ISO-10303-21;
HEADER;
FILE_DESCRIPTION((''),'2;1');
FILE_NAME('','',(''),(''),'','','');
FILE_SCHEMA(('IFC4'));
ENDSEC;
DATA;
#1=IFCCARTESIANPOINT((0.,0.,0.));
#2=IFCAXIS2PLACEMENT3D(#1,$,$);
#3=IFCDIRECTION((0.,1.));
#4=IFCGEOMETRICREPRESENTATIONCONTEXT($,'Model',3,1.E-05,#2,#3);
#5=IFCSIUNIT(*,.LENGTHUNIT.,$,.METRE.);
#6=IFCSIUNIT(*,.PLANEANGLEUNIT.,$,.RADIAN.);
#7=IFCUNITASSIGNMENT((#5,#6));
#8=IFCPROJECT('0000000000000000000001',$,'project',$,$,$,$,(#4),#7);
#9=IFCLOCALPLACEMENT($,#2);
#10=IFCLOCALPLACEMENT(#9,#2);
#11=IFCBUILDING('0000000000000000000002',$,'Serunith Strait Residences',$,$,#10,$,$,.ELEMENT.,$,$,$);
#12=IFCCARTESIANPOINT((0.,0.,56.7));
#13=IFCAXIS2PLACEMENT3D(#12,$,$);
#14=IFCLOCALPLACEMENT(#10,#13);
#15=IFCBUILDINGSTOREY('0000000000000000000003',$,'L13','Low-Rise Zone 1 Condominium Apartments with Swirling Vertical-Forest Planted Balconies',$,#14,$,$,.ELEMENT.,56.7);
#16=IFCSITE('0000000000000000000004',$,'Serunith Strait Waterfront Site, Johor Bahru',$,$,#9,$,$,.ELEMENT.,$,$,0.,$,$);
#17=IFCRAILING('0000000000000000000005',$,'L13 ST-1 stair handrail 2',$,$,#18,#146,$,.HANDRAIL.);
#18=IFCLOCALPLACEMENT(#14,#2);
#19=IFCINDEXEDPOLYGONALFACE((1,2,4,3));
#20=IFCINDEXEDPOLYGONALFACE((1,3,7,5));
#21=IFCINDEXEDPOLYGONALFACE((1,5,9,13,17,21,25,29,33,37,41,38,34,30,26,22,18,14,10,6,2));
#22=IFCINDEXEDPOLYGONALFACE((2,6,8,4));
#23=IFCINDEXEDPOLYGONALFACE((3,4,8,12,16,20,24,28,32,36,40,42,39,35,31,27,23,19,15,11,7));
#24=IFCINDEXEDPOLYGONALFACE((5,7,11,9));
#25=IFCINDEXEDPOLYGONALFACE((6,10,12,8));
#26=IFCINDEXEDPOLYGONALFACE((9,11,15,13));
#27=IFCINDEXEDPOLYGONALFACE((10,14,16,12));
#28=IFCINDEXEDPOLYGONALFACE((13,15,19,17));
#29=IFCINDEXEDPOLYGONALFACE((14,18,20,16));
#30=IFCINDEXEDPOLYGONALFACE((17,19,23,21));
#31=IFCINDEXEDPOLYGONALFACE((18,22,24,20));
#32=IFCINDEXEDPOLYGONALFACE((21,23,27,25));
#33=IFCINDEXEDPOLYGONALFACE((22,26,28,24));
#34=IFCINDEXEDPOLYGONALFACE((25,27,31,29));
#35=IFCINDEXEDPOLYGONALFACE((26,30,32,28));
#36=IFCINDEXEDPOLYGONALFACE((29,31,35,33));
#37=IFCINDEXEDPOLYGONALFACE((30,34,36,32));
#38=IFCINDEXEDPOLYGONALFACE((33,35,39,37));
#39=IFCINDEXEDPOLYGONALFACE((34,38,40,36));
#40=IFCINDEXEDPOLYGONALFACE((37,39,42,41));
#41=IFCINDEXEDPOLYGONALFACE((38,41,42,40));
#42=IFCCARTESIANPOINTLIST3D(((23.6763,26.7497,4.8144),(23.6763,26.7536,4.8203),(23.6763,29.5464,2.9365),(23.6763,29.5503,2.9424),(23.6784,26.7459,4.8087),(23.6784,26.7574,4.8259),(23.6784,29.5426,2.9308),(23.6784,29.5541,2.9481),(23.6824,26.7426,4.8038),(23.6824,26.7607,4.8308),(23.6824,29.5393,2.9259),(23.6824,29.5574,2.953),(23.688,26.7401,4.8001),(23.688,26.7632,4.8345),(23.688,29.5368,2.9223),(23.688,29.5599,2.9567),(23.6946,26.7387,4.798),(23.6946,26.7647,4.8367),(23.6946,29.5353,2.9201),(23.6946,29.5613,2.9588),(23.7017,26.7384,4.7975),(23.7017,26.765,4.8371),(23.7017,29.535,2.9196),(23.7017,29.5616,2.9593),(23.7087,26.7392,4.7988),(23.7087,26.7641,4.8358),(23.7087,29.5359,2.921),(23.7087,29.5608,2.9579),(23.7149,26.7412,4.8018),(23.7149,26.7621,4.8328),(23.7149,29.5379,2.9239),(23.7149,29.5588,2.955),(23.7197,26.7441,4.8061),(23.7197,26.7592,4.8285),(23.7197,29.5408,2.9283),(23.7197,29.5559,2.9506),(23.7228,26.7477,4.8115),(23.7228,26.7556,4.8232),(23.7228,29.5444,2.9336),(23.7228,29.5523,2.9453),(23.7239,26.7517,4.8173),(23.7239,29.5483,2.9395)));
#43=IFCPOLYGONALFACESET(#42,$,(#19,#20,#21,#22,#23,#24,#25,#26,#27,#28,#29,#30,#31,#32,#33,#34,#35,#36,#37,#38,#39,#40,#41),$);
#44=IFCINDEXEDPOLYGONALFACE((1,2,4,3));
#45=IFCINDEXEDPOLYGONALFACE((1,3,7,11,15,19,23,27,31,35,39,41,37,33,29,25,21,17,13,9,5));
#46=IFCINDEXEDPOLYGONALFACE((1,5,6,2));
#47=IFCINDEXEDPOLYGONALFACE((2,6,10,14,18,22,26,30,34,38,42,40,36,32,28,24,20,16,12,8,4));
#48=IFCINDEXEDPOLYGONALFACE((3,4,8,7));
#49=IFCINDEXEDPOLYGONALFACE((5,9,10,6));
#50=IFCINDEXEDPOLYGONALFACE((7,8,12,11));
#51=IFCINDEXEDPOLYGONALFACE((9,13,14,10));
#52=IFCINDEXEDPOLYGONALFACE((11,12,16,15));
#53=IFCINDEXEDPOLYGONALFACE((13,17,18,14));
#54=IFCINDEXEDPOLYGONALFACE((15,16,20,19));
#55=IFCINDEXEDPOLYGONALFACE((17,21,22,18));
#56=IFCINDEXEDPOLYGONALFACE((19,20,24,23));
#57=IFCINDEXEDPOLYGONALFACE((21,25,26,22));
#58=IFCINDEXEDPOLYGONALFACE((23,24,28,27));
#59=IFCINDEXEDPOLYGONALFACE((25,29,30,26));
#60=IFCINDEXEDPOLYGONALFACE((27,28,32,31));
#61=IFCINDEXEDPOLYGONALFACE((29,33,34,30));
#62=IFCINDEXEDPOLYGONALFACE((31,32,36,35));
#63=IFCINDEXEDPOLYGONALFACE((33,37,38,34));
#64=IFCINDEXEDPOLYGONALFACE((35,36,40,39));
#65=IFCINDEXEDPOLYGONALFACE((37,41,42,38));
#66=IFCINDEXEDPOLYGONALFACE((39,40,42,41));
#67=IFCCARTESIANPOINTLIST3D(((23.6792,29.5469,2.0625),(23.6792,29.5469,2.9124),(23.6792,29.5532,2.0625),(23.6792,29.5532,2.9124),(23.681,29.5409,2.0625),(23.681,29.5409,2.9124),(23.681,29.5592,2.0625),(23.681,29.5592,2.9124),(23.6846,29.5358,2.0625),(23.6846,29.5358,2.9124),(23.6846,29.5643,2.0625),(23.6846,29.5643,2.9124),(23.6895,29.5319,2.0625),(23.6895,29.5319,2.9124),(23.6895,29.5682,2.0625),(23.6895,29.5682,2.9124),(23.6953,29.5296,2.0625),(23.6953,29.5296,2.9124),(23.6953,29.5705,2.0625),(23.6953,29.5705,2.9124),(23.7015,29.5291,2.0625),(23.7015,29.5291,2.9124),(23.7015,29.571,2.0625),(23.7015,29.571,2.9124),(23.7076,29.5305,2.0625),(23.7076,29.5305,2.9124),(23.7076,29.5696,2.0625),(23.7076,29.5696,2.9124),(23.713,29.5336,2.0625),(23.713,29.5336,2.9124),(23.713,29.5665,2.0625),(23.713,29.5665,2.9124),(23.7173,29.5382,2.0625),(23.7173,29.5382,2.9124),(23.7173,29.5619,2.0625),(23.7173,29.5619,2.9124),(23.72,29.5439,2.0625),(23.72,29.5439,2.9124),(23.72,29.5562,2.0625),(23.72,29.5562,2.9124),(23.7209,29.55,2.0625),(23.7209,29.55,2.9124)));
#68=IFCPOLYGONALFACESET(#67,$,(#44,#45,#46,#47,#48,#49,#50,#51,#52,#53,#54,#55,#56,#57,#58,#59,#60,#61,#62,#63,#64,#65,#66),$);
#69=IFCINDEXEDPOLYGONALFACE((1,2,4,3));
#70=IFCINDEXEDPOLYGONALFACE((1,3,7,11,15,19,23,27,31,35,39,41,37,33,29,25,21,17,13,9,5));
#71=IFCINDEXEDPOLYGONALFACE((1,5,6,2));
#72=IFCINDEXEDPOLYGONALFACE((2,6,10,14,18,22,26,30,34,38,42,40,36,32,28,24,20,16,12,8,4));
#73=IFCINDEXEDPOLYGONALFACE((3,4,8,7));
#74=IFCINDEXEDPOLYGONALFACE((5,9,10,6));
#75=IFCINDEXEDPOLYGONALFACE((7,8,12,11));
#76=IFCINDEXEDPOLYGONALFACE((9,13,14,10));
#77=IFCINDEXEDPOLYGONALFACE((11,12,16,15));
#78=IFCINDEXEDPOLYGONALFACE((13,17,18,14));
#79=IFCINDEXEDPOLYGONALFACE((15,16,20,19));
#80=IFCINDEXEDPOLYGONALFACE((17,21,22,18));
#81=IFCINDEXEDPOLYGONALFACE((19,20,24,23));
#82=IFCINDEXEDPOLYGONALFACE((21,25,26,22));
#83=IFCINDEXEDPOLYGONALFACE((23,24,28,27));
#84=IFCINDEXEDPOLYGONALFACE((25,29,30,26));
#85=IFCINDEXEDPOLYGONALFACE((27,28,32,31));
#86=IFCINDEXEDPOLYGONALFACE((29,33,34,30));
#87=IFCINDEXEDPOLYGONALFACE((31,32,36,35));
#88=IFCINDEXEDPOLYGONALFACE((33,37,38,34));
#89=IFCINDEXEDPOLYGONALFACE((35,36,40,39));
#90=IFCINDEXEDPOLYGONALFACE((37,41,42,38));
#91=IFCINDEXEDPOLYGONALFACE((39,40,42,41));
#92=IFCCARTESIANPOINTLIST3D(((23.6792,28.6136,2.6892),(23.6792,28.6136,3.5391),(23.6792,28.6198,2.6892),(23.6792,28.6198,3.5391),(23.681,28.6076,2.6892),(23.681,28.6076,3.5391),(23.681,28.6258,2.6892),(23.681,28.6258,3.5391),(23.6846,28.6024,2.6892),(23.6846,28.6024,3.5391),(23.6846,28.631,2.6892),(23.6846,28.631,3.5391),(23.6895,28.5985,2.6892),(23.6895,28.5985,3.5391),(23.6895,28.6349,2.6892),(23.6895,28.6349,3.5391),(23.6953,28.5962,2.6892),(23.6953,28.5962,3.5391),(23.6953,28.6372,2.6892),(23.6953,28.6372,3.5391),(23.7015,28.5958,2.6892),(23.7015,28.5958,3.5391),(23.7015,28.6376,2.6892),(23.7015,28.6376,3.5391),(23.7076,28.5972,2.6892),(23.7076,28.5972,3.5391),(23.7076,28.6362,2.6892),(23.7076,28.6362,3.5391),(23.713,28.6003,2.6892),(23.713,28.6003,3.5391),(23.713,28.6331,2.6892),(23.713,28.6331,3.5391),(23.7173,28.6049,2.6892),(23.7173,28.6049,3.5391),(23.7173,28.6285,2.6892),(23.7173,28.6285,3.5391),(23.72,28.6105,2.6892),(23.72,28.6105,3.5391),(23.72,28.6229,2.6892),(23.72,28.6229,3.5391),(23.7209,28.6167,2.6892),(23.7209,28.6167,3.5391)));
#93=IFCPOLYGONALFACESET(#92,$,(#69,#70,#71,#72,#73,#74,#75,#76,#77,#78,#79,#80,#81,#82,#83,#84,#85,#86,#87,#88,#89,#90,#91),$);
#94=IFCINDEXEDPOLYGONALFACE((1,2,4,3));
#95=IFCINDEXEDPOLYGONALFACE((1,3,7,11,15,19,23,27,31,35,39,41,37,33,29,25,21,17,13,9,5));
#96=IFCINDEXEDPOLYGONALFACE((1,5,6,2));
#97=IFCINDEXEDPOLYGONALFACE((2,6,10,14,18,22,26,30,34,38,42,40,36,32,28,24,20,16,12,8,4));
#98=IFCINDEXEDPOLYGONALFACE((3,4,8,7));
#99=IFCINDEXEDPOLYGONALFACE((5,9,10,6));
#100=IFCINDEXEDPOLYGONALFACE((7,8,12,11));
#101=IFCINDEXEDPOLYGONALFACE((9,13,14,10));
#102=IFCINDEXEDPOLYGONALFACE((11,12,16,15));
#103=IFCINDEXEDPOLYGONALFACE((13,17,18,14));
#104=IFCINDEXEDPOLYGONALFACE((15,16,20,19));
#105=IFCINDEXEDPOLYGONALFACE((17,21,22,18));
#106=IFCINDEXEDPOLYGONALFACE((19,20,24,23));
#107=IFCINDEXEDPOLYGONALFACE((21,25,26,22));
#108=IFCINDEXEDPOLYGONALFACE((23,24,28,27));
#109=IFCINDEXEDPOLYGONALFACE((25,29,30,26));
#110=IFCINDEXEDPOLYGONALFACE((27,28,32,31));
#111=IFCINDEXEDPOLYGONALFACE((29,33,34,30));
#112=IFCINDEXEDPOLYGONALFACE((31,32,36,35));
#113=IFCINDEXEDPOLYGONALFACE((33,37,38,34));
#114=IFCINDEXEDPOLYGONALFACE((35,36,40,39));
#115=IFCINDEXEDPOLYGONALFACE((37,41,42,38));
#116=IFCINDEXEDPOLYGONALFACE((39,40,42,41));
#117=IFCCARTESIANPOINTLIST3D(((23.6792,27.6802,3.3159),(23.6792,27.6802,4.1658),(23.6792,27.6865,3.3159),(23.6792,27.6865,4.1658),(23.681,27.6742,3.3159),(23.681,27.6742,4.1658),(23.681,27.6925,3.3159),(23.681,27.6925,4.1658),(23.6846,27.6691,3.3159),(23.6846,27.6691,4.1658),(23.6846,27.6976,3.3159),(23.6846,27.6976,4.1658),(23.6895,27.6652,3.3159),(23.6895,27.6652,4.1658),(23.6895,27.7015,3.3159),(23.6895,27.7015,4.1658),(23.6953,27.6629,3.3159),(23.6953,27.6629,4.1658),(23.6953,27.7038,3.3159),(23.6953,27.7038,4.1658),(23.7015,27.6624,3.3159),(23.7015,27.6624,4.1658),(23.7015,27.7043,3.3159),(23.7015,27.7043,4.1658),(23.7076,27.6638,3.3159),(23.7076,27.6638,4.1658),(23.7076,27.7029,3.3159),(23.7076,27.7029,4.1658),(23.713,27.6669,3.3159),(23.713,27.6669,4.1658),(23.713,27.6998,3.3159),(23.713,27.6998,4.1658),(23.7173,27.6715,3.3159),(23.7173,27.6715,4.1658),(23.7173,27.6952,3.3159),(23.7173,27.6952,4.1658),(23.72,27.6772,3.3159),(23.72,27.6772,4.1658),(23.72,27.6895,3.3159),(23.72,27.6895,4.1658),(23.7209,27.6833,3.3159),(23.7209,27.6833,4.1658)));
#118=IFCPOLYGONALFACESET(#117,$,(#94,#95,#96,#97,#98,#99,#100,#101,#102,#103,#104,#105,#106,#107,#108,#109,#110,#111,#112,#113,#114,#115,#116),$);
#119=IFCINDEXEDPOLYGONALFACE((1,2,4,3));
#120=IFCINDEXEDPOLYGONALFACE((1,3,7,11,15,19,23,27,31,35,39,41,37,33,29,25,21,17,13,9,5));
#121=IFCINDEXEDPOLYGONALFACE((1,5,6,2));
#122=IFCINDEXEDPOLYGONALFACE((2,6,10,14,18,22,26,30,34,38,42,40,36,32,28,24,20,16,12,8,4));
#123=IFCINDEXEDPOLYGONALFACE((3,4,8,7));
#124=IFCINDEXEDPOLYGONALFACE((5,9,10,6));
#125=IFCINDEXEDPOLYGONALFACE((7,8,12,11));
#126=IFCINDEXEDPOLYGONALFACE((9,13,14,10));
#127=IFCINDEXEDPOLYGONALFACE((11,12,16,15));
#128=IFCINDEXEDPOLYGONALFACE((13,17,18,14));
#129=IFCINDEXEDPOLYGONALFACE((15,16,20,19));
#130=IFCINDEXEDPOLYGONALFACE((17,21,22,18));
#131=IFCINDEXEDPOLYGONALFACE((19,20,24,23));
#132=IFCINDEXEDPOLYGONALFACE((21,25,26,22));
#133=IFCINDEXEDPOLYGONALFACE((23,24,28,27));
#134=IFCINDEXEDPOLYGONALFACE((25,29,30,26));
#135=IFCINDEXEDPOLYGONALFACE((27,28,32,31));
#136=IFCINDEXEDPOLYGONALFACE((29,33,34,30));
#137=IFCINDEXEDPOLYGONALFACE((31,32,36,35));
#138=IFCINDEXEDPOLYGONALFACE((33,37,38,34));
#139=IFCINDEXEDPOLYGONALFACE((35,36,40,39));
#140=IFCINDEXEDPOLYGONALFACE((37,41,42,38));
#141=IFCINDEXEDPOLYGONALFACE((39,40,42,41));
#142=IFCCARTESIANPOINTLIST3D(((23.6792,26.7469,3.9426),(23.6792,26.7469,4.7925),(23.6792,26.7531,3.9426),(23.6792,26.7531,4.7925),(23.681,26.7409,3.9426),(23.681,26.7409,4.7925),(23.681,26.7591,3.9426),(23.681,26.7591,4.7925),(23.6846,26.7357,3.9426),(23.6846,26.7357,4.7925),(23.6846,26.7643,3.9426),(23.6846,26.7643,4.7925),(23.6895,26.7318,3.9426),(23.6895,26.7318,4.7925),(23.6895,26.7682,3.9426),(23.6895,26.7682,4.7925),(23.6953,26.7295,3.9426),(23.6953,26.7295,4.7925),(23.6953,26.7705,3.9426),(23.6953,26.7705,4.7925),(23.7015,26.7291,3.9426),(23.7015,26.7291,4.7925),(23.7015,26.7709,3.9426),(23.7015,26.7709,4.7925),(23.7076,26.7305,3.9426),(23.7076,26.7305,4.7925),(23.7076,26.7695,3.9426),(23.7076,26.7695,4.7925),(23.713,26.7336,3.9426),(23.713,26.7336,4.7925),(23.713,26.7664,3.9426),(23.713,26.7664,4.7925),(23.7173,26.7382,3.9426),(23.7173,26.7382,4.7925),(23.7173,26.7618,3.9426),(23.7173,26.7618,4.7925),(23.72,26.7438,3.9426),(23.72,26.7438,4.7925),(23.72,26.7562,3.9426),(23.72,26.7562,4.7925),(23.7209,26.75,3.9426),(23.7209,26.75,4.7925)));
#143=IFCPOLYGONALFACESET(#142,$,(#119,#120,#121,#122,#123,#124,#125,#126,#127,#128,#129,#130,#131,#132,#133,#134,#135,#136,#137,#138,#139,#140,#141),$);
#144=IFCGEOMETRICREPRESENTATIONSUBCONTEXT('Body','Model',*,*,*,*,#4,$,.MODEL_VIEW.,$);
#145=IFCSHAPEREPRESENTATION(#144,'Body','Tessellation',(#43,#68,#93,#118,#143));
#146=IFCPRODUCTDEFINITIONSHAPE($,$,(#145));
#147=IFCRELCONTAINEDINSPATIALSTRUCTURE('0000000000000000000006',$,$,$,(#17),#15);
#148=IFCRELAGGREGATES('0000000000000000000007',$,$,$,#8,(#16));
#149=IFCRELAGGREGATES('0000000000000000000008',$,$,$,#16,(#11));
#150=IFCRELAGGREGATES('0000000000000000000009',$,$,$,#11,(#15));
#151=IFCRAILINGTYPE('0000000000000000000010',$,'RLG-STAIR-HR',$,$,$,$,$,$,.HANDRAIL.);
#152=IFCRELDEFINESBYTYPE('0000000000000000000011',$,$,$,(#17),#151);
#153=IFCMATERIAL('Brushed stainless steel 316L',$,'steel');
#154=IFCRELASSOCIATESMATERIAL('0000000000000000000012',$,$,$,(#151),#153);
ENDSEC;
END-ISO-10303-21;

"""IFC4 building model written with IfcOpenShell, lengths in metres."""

from ifc_helpers import new_model, si_unit, direction, frame, origin, origin_2d, place, context, subcontext, project, spatial, circle, extrude, material, type_object, element, save


model = new_model("IFC4")

# Units and contexts
model_context = context("Model", 3, precision=1e-05, world=origin(), true_north=direction((0.0, 1.0)))
body_context = subcontext(model_context, "Body", "Model", "MODEL_VIEW")
ifc_project = project(units=[si_unit("LENGTHUNIT", "METRE"), si_unit("PLANEANGLEUNIT", "RADIAN")], contexts=[model_context])

# Site, building, storey
site_placement = place(None, origin())
site = spatial("IfcSite", under=ifc_project, at=site_placement, Name="Serunith Strait Waterfront Site, Johor Bahru", CompositionType="ELEMENT", RefElevation=0.0)
building_placement = place(site_placement, origin())
building = spatial("IfcBuilding", under=site, at=building_placement, Name="Serunith Strait Residences", CompositionType="ELEMENT")
storey_placement = place(building_placement, frame((0.0, 0.0, 56.7)))
storey = spatial("IfcBuildingStorey", under=building, at=storey_placement, Name="L13", Description="Low-Rise Zone 1 Condominium Apartments with Swirling Vertical-Forest Planted Balconies", CompositionType="ELEMENT", Elevation=56.7)

# Railing
ifc_material_1 = material(Name="Brushed stainless steel 316L", Category="steel")
railing_type_1 = type_object("IfcRailingType", Name="RLG-STAIR-HR", PredefinedType="HANDRAIL", material=ifc_material_1)
railing_1_placement = place(storey_placement, frame((23.7, 29.55, 2.0625)))
element("IfcRailing", 1, at=railing_1_placement, inside=storey, type_object=railing_type_1, Name="L13 ST-1 stair handrail 2", PredefinedType="HANDRAIL", context=body_context, shape_type="SweptSolid", body=[
    extrude(circle(Radius=0.0239, at=origin_2d()), frame((0.0, -0.0017, 0.877), z_axis=(0.0, -0.830208, 0.557453), x_axis=(1.0, 0.0, 0.0)), (0.0, 0.0, 1.0), 3.3687),
    extrude(circle(Radius=0.021, at=origin_2d()), origin(), (0.0, 0.0, 1.0), 0.8499),
    extrude(circle(Radius=0.021, at=origin_2d()), frame((0.0, -0.9333, 0.6267)), (0.0, 0.0, 1.0), 0.8499),
    extrude(circle(Radius=0.021, at=origin_2d()), frame((0.0, -1.8667, 1.2534)), (0.0, 0.0, 1.0), 0.8499),
    extrude(circle(Radius=0.021, at=origin_2d()), frame((0.0, -2.8, 1.8801)), (0.0, 0.0, 1.0), 0.8499),
])

save(model, "model.ifc")
